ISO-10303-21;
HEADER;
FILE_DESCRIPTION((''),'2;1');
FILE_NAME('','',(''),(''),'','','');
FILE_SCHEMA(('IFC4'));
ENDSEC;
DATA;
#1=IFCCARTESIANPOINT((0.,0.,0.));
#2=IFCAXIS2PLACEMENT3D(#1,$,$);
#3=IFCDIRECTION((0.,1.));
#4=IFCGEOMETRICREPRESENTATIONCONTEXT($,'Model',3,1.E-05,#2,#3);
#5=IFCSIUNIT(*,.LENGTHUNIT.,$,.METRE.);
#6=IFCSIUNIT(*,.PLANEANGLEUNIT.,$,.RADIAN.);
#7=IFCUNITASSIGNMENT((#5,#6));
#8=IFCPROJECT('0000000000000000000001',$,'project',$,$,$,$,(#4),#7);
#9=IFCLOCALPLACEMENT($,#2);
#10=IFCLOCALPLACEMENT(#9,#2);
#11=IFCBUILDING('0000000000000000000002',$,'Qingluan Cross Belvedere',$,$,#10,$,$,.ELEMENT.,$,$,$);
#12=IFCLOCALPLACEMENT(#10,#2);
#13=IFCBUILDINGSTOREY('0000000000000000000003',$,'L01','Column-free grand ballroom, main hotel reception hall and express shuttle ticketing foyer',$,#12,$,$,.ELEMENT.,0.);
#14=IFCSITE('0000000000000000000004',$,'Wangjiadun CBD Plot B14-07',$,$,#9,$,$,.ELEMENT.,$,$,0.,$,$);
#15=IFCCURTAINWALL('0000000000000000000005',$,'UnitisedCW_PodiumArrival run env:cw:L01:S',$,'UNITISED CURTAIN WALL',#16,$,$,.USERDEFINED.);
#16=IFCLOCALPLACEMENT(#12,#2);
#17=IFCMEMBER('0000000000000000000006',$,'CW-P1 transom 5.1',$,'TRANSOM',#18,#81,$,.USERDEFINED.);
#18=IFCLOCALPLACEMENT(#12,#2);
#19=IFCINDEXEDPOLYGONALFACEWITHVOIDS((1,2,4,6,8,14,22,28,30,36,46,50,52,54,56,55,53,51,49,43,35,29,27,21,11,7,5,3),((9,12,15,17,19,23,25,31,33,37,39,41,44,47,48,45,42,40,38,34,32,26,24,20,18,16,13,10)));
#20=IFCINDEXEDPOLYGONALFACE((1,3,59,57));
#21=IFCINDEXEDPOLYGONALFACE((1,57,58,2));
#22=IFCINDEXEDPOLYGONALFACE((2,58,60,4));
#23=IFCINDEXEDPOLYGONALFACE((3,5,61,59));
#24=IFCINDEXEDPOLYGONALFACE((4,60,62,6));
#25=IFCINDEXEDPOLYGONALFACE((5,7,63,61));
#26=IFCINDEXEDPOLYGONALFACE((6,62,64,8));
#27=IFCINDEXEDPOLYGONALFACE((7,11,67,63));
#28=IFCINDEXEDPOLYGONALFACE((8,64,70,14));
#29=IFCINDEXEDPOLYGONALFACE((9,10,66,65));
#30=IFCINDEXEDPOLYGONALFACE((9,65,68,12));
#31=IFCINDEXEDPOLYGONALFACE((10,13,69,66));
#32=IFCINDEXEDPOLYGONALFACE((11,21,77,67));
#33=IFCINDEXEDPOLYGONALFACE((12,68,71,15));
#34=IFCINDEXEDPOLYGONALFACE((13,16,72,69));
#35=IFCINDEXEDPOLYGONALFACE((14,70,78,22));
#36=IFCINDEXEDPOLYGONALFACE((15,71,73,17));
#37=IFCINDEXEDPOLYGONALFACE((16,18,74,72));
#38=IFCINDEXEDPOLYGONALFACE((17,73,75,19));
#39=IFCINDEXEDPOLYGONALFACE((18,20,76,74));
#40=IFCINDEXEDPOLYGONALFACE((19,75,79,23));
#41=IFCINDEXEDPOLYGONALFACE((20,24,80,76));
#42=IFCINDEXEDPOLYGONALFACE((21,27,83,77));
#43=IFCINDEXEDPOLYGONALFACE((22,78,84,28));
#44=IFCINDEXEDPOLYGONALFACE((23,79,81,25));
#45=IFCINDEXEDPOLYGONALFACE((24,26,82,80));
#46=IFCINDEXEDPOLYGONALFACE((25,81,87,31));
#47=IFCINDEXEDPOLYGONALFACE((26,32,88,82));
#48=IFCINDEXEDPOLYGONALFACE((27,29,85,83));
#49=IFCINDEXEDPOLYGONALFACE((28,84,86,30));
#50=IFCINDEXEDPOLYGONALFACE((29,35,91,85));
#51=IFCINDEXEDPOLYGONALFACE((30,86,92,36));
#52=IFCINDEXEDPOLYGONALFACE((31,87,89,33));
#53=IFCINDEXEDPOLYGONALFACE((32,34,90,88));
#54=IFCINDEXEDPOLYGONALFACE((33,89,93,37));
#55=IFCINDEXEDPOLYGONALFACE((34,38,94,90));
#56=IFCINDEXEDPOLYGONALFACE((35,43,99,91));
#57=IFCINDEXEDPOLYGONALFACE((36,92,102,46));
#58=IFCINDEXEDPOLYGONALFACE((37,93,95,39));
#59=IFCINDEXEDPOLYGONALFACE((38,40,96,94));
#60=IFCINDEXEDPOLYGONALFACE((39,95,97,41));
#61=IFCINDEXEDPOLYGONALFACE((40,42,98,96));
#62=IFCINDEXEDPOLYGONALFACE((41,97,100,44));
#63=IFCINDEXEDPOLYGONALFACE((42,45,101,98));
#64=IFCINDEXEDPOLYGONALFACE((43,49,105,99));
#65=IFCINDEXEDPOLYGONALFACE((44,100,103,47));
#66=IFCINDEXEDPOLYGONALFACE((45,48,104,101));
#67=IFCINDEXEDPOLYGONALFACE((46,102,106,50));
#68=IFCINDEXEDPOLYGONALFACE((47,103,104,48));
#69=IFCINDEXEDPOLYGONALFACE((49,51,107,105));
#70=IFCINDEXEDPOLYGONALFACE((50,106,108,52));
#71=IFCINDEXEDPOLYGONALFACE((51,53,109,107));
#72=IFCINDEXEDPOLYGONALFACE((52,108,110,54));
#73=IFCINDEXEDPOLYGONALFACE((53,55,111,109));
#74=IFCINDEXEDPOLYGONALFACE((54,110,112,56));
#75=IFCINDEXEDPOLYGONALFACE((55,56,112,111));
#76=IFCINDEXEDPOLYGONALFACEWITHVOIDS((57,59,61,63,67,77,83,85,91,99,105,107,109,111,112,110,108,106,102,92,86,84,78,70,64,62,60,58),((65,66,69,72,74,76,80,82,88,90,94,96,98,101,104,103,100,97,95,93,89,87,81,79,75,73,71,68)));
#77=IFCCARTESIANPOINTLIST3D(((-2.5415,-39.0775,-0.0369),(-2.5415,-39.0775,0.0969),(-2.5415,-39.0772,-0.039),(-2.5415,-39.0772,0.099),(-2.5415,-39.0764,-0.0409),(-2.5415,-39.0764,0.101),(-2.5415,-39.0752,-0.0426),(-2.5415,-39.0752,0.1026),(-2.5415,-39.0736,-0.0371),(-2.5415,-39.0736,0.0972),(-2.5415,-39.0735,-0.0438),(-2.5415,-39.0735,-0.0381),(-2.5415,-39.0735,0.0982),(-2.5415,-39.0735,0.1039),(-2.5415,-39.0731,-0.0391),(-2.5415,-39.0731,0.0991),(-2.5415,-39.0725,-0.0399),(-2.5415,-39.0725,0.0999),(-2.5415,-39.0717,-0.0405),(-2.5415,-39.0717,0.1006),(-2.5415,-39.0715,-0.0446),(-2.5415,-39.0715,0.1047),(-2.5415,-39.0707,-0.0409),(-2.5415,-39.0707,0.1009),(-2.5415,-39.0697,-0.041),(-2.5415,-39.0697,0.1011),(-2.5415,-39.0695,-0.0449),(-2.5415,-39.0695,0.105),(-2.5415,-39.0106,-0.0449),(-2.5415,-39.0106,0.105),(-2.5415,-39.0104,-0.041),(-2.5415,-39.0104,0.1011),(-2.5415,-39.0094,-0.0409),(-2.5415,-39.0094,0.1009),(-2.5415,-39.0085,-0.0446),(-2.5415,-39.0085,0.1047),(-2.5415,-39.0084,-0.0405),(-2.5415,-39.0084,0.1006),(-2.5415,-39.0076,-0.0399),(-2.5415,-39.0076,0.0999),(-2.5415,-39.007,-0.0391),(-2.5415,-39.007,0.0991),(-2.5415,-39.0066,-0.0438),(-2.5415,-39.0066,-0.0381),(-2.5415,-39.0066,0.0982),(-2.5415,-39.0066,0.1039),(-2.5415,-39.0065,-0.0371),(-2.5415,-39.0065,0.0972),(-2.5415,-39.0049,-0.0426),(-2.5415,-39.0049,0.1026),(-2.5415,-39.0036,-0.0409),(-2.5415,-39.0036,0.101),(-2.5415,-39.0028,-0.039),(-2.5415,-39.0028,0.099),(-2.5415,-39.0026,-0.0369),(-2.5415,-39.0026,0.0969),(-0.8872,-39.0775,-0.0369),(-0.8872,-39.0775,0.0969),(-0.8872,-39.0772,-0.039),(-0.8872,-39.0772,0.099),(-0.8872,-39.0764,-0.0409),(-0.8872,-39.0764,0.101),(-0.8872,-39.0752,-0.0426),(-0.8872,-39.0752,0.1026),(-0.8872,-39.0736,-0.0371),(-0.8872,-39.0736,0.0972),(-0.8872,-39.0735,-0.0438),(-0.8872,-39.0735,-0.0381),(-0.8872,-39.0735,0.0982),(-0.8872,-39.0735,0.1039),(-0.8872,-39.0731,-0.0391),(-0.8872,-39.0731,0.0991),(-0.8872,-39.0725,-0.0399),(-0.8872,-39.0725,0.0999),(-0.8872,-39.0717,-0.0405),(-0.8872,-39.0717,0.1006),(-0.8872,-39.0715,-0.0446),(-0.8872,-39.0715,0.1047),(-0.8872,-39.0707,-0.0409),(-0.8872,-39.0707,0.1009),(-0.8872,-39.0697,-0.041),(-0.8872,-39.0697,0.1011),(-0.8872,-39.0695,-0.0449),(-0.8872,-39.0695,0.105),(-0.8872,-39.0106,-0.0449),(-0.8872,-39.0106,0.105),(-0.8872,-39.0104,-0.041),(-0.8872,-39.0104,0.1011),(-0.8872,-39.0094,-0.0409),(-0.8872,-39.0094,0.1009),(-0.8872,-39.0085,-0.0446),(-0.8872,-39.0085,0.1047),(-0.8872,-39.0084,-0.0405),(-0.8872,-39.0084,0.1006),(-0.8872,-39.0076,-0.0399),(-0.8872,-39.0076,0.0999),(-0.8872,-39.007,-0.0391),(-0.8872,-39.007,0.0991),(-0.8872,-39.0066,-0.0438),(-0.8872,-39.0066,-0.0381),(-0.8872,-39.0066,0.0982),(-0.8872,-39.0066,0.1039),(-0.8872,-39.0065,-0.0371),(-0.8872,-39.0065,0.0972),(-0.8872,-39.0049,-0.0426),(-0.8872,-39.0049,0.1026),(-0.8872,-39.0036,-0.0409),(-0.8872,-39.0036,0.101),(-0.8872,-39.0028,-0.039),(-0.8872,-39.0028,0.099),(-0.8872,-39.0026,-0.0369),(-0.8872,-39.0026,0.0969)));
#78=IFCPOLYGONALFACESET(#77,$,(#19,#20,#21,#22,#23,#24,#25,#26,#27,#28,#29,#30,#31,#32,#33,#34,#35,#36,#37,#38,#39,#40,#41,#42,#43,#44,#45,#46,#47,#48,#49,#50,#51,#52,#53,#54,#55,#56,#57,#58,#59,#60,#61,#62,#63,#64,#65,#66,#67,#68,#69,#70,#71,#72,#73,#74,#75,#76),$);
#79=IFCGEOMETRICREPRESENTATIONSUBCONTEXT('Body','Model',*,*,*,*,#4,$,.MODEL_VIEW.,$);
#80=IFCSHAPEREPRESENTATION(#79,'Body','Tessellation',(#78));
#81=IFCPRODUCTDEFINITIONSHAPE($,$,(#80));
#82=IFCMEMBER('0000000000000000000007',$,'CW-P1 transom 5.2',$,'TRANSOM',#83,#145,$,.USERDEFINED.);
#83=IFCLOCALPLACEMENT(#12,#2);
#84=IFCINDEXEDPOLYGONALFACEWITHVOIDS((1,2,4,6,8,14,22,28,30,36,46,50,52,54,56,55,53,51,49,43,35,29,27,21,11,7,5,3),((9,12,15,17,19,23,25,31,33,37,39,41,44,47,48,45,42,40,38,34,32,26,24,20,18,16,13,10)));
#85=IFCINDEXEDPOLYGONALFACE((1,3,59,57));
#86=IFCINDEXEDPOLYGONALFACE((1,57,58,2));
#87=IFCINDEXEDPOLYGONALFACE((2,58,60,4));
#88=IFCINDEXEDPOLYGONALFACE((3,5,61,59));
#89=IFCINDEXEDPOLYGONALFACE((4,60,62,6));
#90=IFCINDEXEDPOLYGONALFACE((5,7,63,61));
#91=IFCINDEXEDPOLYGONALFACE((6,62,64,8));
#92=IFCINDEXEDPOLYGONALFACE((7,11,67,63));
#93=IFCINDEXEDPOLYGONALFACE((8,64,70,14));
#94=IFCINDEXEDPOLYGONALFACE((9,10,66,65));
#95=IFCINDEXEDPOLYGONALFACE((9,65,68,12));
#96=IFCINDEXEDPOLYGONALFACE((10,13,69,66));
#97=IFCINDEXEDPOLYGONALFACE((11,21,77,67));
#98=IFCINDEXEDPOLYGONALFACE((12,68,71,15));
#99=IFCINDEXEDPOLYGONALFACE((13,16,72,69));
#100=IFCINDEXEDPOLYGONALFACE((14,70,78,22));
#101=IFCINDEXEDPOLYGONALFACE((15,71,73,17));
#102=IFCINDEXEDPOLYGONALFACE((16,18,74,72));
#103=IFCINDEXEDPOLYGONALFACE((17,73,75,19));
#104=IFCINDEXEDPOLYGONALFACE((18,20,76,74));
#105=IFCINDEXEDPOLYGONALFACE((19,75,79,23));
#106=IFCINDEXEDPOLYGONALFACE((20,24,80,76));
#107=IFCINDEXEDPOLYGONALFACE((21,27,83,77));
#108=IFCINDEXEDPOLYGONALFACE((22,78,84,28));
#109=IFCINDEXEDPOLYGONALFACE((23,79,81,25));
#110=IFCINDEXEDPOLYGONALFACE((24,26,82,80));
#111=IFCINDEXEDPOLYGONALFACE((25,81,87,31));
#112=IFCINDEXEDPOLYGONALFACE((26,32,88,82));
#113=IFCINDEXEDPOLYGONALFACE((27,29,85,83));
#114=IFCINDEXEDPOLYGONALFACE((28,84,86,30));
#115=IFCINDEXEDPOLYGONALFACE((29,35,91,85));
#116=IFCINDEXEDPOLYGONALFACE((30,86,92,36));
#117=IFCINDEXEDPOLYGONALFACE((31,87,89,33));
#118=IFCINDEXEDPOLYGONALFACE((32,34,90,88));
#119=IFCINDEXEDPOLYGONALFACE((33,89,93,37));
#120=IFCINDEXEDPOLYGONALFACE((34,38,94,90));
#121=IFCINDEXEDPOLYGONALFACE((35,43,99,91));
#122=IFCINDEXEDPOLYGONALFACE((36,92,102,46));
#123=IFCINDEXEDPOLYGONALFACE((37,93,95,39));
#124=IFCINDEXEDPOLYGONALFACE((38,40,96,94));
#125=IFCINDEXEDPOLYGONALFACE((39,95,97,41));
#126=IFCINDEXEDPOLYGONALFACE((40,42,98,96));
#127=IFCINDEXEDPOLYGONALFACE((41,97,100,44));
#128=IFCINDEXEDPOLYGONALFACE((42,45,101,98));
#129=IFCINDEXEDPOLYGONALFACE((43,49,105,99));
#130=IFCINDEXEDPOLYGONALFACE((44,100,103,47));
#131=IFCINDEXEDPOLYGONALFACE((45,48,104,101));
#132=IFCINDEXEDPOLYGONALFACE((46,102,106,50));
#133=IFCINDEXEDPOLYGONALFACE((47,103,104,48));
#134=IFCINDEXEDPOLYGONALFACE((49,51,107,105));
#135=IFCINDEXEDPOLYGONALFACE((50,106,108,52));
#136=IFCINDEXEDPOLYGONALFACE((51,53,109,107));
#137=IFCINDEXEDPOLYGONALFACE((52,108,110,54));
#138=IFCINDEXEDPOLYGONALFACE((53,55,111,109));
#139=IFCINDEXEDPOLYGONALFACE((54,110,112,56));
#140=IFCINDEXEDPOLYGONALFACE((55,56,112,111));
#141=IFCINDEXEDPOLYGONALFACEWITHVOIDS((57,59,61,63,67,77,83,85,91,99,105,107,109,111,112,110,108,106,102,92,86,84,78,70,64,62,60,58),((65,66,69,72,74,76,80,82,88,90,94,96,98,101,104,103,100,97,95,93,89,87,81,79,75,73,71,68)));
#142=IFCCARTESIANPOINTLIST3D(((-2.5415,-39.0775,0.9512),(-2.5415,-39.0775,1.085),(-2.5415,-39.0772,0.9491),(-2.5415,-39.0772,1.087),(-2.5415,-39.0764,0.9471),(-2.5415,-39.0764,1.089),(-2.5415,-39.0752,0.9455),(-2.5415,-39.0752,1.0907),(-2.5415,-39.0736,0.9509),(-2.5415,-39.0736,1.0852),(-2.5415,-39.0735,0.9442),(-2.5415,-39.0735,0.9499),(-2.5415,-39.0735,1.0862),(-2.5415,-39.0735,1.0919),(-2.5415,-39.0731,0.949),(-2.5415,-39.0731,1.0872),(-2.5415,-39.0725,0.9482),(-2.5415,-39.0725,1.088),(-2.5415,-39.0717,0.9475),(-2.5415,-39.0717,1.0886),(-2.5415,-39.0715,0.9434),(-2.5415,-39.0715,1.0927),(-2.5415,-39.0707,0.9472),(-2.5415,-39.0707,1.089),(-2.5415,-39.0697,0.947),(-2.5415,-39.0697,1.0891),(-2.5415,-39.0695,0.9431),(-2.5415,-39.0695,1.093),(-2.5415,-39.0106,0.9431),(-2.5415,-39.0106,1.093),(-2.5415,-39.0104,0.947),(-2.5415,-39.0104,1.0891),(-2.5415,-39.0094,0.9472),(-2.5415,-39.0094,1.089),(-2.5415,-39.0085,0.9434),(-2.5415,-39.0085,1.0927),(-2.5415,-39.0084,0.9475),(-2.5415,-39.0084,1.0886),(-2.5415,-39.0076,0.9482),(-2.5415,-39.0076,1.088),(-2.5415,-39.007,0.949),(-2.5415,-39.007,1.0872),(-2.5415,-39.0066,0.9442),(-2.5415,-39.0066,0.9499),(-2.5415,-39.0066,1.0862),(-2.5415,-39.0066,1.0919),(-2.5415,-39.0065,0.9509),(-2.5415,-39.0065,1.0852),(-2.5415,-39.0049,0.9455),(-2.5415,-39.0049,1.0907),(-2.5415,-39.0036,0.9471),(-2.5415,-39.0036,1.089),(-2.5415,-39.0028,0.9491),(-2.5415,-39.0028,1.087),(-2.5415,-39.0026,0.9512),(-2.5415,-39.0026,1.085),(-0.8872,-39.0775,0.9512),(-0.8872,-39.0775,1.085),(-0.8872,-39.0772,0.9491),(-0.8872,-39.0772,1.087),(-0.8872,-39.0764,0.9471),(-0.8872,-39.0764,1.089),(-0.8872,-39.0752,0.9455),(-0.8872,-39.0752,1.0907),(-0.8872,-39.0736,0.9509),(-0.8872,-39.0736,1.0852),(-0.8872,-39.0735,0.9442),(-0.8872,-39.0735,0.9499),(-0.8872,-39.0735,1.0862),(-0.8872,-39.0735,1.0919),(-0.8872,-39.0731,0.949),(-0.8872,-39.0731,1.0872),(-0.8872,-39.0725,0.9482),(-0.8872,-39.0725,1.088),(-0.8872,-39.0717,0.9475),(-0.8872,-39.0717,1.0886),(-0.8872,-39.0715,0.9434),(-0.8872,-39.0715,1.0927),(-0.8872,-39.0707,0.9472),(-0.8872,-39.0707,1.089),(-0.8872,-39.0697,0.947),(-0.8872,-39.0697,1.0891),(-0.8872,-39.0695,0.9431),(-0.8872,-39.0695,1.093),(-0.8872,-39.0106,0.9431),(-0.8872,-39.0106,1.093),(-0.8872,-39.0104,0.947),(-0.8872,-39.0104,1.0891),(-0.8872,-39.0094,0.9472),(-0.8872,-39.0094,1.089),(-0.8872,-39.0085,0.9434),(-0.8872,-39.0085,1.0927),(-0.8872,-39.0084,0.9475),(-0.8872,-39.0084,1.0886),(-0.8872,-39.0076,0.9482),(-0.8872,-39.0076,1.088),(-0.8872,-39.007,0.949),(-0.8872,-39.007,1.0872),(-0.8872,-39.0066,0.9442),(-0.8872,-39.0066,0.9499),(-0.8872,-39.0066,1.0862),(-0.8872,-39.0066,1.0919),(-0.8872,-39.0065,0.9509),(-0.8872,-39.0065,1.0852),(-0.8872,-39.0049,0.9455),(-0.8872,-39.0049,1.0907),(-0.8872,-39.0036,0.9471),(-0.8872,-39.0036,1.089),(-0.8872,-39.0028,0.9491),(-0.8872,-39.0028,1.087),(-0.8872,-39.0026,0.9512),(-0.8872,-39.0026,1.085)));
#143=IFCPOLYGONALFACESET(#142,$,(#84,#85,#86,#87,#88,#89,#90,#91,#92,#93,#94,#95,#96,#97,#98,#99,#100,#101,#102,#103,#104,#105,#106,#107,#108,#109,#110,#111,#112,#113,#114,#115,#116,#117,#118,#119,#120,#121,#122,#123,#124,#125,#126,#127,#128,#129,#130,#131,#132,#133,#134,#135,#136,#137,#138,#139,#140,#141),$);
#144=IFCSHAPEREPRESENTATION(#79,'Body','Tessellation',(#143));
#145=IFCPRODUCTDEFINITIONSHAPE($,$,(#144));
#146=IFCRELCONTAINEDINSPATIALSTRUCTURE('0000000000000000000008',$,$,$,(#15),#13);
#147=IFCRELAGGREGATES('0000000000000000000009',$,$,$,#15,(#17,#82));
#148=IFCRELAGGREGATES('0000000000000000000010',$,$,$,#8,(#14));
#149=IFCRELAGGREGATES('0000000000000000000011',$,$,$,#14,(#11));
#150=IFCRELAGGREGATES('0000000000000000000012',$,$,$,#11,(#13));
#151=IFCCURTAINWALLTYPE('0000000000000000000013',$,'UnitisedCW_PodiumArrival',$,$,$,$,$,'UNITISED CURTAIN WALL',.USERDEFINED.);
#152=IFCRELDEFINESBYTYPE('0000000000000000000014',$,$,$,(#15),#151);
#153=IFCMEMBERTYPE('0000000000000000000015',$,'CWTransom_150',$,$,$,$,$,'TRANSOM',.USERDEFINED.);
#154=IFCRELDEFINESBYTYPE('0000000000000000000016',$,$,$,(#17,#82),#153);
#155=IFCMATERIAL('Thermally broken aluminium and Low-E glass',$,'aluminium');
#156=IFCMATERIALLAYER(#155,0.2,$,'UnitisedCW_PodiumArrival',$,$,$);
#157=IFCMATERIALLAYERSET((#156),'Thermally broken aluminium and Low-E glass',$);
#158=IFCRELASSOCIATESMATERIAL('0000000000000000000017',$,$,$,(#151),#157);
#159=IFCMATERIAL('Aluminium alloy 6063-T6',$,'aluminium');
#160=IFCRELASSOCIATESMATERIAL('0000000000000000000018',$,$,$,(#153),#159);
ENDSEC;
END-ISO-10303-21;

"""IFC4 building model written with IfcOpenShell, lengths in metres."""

from ifc_helpers import new_model, si_unit, direction, frame, origin, origin_2d, place, context, subcontext, project, spatial, hollow_rectangle, extrude, material, layer, layer_set, material_profile, profile_set, type_object, element, aggregate, save


model = new_model("IFC4")

# Units and contexts
model_context = context("Model", 3, precision=1e-05, world=origin(), true_north=direction((0.0, 1.0)))
body_context = subcontext(model_context, "Body", "Model", "MODEL_VIEW")
ifc_project = project(units=[si_unit("LENGTHUNIT", "METRE"), si_unit("PLANEANGLEUNIT", "RADIAN")], contexts=[model_context])

# Site, building, storey
site_placement = place(None, origin())
site = spatial("IfcSite", under=ifc_project, at=site_placement, Name="Wangjiadun CBD Plot B14-07", CompositionType="ELEMENT", RefElevation=0.0)
building_placement = place(site_placement, origin())
building = spatial("IfcBuilding", under=site, at=building_placement, Name="Qingluan Cross Belvedere", CompositionType="ELEMENT")
storey_placement = place(building_placement, origin())
storey = spatial("IfcBuildingStorey", under=building, at=storey_placement, Name="L01", Description="Column-free grand ballroom, main hotel reception hall and express shuttle ticketing foyer", CompositionType="ELEMENT", Elevation=0.0)

# Curtain wall, members
ifc_material_1 = material(Name="Thermally broken aluminium and Low-E glass", Category="aluminium")
ifc_layer_1 = layer(ifc_material_1, 0.2, Name="UnitisedCW_PodiumArrival")
ifc_layer_set_1 = layer_set([ifc_layer_1], Name="Thermally broken aluminium and Low-E glass")
curtain_wall_type = type_object("IfcCurtainWallType", Name="UnitisedCW_PodiumArrival", ElementType="UNITISED CURTAIN WALL", PredefinedType="USERDEFINED", material=ifc_layer_set_1)
curtain_wall_placement = place(storey_placement, origin())
curtain_wall = element("IfcCurtainWall", 1, at=curtain_wall_placement, inside=storey, type_object=curtain_wall_type, Name="UnitisedCW_PodiumArrival run env:cw:L01:S", ObjectType="UNITISED CURTAIN WALL", PredefinedType="USERDEFINED")
ifc_material_2 = material(Name="Aluminium alloy 6063-T6", Category="aluminium")
ifc_material_profile_1 = material_profile(ifc_material_2, hollow_rectangle(XDim=0.075, YDim=0.1499, WallThickness=0.0039, InnerFilletRadius=0.0039, OuterFilletRadius=0.0081, at=origin_2d()), Name="CWT150x75x4")
ifc_profile_set_1 = profile_set([ifc_material_profile_1], Name="Aluminium alloy 6063-T6")
member_type_1 = type_object("IfcMemberType", Name="CWTransom_150", ElementType="TRANSOM", PredefinedType="USERDEFINED", material=ifc_profile_set_1)
member_1_placement = place(storey_placement, frame((-0.8872, -39.04, 0.03), z_axis=(-1.0, 0.0, 0.0), x_axis=(0.0, -1.0, 0.0)))
member_1 = element("IfcMember", 2, at=member_1_placement, type_object=member_type_1, Name="CW-P1 transom 5.1", ObjectType="TRANSOM", PredefinedType="USERDEFINED", context=body_context, shape_type="SweptSolid", body=[
    extrude(hollow_rectangle(XDim=0.075, YDim=0.1499, WallThickness=0.0039, InnerFilletRadius=0.0039, OuterFilletRadius=0.0081, at=origin_2d()), origin(), (0.0, 0.0, 1.0), 1.6543),
])
member_2_placement = place(storey_placement, frame((-0.8872, -39.04, 1.0181), z_axis=(-1.0, 0.0, 0.0), x_axis=(0.0, -1.0, 0.0)))
member_2 = element("IfcMember", 3, at=member_2_placement, type_object=member_type_1, Name="CW-P1 transom 5.2", ObjectType="TRANSOM", PredefinedType="USERDEFINED", context=body_context, shape_type="SweptSolid", body=[
    extrude(hollow_rectangle(XDim=0.075, YDim=0.1499, WallThickness=0.0039, InnerFilletRadius=0.0039, OuterFilletRadius=0.0081, at=origin_2d()), origin(), (0.0, 0.0, 1.0), 1.6543),
])

aggregate(curtain_wall, [member_1, member_2])

save(model, "model.ifc")
